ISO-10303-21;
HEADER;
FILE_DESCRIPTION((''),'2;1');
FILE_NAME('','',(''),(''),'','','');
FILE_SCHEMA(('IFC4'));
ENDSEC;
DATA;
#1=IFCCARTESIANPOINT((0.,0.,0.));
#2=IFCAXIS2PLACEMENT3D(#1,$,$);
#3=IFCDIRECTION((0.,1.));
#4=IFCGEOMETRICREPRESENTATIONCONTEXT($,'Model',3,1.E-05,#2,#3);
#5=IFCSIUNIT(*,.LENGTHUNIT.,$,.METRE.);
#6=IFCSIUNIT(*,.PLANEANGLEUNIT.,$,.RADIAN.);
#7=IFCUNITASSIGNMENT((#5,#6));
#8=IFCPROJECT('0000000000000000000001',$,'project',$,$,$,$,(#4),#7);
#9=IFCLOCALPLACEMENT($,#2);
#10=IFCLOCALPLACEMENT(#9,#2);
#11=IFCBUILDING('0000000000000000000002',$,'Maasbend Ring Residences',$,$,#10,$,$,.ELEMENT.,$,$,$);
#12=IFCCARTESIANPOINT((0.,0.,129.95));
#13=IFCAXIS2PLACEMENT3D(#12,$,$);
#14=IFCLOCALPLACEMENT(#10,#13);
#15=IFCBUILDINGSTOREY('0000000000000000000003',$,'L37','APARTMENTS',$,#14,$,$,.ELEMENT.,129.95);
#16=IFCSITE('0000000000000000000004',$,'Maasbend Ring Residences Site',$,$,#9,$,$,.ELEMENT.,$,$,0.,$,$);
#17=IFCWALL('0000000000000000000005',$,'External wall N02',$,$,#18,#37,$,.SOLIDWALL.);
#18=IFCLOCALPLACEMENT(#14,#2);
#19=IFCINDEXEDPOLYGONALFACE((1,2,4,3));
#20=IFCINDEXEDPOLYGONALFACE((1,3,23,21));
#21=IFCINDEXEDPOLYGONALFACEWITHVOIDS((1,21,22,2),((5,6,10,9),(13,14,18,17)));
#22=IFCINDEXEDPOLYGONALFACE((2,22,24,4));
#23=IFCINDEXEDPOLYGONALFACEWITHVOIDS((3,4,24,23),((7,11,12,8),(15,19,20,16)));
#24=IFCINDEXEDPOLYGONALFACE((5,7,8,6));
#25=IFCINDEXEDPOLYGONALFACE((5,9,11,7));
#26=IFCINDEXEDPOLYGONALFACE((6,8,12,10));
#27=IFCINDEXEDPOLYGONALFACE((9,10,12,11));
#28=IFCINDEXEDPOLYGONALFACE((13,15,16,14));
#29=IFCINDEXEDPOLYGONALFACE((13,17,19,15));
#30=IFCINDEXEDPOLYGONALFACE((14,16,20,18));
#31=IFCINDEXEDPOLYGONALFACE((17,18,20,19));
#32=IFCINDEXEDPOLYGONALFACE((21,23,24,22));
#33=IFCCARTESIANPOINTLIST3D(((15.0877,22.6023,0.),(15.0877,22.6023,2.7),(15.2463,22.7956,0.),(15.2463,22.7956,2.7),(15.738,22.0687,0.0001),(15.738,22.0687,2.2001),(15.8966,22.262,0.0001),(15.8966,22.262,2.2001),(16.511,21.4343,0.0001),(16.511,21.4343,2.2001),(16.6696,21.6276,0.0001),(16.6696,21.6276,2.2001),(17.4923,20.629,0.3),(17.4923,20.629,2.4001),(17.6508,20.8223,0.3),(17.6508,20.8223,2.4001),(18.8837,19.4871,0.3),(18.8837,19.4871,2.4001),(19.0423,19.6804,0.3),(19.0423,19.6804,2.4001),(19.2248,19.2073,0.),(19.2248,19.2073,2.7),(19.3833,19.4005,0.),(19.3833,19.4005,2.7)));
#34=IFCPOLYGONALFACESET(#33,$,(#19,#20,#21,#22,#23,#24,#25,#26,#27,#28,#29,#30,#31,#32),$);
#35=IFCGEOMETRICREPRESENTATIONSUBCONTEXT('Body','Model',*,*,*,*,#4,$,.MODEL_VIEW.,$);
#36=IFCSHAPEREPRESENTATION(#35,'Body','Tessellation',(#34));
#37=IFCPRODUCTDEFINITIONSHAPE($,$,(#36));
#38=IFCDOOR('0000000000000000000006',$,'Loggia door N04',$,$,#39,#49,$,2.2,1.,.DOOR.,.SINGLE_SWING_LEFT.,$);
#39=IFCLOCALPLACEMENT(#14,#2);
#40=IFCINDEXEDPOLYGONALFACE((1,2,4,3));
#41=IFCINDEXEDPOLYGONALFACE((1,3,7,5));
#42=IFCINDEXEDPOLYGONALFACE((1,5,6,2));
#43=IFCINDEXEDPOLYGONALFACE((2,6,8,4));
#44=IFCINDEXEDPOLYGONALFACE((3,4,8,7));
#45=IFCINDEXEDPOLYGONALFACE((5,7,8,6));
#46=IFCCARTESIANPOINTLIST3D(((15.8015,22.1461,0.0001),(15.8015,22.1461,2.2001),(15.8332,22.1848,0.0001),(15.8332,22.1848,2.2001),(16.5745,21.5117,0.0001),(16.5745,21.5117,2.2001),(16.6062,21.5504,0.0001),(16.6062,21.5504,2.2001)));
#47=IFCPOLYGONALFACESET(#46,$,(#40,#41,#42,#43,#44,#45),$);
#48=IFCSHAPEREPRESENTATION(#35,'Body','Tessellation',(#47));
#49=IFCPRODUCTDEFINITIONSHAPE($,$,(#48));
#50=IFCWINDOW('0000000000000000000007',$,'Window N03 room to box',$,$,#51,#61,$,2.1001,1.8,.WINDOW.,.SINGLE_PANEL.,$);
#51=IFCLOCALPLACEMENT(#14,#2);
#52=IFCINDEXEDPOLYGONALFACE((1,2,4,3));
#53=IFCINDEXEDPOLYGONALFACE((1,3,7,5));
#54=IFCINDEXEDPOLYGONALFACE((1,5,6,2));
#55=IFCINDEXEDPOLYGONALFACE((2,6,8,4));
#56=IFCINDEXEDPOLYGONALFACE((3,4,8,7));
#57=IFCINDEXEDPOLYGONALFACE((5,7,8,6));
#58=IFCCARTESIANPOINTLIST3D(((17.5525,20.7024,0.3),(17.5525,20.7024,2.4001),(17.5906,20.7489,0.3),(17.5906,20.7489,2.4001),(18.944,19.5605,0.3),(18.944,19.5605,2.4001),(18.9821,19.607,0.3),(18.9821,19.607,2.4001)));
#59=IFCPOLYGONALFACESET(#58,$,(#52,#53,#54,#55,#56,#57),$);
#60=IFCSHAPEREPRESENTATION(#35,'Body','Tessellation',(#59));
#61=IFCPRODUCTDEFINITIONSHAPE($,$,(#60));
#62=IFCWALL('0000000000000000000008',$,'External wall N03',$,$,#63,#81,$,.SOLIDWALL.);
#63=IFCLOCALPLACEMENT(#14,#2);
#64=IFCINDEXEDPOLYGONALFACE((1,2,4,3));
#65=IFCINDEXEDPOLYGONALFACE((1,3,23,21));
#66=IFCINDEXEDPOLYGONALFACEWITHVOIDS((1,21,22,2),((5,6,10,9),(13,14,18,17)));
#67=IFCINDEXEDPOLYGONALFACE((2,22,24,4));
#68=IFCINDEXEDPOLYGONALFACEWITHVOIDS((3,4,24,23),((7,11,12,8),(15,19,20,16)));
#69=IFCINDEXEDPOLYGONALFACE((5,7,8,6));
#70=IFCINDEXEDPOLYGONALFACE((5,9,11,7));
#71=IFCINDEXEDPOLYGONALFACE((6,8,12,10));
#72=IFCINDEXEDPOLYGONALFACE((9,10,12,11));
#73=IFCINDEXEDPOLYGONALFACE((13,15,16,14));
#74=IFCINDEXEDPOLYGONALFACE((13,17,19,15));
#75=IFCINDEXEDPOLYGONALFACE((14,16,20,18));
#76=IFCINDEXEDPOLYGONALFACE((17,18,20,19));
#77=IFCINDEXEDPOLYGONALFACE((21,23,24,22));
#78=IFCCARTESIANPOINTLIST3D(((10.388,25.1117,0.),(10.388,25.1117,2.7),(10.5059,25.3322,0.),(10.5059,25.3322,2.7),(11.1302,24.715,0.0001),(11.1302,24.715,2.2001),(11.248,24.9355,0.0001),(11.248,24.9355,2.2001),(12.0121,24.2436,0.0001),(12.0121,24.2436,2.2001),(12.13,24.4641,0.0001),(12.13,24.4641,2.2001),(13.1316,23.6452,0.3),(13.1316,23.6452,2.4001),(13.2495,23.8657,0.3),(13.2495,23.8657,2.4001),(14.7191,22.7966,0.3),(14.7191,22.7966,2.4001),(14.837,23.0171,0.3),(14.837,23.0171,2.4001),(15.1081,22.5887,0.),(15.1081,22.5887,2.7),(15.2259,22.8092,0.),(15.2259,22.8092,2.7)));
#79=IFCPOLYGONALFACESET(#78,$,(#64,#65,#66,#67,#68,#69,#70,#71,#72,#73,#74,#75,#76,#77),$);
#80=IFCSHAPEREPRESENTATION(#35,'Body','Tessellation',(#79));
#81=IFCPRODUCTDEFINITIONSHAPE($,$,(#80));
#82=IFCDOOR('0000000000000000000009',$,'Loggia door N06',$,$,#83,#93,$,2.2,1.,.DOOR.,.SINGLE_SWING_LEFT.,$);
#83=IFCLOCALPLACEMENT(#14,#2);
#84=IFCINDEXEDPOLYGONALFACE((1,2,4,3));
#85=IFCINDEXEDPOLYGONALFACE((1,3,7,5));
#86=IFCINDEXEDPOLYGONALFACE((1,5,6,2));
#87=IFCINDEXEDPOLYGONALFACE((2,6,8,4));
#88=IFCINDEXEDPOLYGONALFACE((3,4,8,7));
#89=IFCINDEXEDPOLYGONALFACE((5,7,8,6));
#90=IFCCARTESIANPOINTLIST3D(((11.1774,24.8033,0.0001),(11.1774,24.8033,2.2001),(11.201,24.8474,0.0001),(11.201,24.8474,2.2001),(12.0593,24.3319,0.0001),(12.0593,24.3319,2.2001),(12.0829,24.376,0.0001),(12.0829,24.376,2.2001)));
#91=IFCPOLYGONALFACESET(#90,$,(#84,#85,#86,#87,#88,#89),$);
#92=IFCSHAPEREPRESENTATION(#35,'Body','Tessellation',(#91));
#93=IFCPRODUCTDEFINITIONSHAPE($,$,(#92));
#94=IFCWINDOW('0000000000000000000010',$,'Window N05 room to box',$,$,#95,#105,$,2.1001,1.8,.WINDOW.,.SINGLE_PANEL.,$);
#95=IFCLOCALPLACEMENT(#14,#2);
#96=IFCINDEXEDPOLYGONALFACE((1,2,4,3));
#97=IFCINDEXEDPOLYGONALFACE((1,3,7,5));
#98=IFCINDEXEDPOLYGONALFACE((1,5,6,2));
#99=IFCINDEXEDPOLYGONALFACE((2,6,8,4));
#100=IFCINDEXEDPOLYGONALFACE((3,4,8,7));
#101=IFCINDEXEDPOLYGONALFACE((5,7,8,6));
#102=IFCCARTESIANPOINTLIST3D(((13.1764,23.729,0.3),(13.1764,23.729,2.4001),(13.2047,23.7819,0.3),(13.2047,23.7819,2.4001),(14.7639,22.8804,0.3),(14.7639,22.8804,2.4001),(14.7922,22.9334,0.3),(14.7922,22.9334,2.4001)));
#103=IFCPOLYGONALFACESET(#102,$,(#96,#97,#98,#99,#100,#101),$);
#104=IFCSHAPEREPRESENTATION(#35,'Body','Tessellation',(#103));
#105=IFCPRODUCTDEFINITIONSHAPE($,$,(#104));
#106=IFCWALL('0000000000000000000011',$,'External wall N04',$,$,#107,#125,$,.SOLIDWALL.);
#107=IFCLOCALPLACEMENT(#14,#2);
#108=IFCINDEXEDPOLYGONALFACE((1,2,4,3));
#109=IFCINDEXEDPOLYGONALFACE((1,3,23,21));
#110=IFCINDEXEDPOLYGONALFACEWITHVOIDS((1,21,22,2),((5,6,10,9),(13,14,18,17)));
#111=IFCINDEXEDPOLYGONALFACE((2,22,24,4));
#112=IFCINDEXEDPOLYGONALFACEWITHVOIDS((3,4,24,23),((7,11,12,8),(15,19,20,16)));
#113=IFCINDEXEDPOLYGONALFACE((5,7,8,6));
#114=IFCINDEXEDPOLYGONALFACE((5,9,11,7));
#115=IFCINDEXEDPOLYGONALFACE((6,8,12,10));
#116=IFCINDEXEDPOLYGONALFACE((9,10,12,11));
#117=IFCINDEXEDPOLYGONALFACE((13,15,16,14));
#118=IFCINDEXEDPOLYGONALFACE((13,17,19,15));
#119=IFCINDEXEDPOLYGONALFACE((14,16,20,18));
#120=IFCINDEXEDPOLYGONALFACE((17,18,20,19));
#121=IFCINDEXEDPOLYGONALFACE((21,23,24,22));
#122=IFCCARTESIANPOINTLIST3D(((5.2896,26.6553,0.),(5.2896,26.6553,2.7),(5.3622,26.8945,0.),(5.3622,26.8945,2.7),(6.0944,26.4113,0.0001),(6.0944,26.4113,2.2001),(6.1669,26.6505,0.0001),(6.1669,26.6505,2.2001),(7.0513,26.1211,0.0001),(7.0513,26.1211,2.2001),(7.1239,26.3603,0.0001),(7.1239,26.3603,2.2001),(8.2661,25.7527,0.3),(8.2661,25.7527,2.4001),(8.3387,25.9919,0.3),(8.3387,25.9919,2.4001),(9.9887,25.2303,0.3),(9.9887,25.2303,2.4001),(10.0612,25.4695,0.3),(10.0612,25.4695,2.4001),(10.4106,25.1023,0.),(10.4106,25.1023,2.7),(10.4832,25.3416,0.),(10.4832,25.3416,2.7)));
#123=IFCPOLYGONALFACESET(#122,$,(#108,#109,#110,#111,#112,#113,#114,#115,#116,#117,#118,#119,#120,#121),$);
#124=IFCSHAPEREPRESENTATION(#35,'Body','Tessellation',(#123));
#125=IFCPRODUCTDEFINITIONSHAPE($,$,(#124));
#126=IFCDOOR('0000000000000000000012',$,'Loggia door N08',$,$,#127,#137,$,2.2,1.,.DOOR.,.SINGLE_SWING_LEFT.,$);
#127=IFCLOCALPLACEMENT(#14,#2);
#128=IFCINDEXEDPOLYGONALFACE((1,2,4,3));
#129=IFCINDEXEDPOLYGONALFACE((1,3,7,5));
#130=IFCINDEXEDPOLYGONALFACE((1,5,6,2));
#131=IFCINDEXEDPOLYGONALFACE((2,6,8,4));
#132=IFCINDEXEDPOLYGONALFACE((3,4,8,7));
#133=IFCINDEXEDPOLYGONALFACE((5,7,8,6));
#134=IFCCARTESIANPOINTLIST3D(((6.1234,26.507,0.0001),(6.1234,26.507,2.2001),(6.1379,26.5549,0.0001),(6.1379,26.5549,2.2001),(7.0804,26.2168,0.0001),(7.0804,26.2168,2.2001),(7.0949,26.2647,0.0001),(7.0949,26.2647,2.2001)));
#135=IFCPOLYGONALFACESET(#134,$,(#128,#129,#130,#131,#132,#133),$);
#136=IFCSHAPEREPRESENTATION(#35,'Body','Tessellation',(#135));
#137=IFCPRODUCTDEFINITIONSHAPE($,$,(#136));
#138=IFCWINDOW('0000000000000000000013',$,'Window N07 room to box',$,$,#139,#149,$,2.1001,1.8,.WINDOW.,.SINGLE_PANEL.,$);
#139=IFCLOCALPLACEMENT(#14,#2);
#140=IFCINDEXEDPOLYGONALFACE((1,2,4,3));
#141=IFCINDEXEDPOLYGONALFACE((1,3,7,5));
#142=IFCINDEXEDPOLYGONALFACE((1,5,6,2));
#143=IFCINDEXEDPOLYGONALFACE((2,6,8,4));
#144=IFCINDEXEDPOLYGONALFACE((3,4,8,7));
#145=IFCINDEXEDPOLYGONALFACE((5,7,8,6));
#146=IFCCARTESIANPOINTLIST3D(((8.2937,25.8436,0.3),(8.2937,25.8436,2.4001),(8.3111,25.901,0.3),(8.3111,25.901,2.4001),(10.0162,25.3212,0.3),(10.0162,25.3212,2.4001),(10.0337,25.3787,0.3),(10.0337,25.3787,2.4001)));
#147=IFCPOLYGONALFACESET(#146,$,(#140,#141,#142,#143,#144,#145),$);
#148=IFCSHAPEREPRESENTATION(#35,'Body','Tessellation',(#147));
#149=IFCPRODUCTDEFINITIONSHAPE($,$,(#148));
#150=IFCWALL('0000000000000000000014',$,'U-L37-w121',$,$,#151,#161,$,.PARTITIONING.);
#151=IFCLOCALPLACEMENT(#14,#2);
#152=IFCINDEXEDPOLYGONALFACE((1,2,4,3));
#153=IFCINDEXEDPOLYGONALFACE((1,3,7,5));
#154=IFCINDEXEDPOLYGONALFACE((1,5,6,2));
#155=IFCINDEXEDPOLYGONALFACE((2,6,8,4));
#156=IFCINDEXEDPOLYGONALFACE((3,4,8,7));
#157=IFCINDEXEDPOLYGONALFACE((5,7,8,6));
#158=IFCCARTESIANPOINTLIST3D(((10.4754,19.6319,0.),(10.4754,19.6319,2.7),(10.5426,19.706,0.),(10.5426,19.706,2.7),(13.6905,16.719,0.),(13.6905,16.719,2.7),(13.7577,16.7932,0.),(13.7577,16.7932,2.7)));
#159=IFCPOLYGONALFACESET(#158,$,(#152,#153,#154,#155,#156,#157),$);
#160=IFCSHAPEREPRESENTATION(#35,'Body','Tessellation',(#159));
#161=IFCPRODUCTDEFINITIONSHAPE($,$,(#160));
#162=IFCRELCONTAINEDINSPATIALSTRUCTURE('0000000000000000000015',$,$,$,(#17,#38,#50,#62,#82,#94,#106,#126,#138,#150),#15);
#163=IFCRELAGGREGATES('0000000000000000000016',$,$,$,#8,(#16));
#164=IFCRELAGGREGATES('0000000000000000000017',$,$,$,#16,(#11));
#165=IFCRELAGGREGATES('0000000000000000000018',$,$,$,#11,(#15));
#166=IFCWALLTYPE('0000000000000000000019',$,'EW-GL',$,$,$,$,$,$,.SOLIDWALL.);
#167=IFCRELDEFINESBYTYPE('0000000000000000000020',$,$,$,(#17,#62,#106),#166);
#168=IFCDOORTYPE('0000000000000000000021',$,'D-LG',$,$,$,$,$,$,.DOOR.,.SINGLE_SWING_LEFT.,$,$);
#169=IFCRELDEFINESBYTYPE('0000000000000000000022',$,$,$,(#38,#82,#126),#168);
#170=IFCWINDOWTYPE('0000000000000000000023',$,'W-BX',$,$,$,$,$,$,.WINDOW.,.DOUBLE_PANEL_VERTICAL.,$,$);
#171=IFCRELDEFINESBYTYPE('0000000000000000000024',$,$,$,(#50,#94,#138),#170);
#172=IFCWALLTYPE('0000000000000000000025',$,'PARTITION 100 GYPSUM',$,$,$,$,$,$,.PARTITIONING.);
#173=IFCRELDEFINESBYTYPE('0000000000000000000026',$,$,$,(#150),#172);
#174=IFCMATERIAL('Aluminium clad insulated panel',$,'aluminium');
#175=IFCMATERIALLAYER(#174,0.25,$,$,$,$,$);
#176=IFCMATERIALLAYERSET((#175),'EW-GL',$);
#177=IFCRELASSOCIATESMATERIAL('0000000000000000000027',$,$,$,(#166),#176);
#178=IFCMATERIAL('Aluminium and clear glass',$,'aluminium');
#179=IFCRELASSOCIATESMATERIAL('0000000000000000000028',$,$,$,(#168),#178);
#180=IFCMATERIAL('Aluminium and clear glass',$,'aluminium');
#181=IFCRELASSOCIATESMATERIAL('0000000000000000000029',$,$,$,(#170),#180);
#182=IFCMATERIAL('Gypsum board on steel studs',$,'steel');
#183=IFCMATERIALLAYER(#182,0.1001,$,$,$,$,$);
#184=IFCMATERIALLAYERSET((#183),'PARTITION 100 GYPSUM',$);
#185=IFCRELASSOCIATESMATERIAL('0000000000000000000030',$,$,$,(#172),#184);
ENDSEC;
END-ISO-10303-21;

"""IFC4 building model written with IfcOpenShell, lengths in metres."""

from ifc_helpers import new_model, si_unit, direction, frame, frame_2d, origin, place, context, subcontext, project, spatial, rectangle, extrude, material, layer, layer_set, type_object, element, fill, save


model = new_model("IFC4")

# Units and contexts
model_context = context("Model", 3, precision=1e-05, world=origin(), true_north=direction((0.0, 1.0)))
body_context = subcontext(model_context, "Body", "Model", "MODEL_VIEW")
ifc_project = project(units=[si_unit("LENGTHUNIT", "METRE"), si_unit("PLANEANGLEUNIT", "RADIAN")], contexts=[model_context])

# Site, building, storey
site_placement = place(None, origin())
site = spatial("IfcSite", under=ifc_project, at=site_placement, Name="Maasbend Ring Residences Site", CompositionType="ELEMENT", RefElevation=0.0)
building_placement = place(site_placement, origin())
building = spatial("IfcBuilding", under=site, at=building_placement, Name="Maasbend Ring Residences", CompositionType="ELEMENT")
storey_placement = place(building_placement, frame((0.0, 0.0, 129.95)))
storey = spatial("IfcBuildingStorey", under=building, at=storey_placement, Name="L37", Description="APARTMENTS", CompositionType="ELEMENT", Elevation=129.95)

# Walls, openings, doors, windows
ifc_material_1 = material(Name="Aluminium clad insulated panel", Category="aluminium")
ifc_layer_1 = layer(ifc_material_1, 0.25)
ifc_layer_set_1 = layer_set([ifc_layer_1], Name="EW-GL")
wall_type_1 = type_object("IfcWallType", Name="EW-GL", PredefinedType="SOLIDWALL", material=ifc_layer_set_1)
wall_1_placement = place(storey_placement, frame((19.304, 19.304, 0.0), z_axis=(0.0, 0.0, 1.0), x_axis=(-0.773019, 0.634382, 0.0)))
wall_1 = element("IfcWall", 1, at=wall_1_placement, inside=storey, type_object=wall_type_1, Name="External wall N02", PredefinedType="SOLIDWALL", context=body_context, shape_type="SweptSolid", body=[
    extrude(rectangle(XDim=5.3518, YDim=0.25, at=frame_2d((2.6758, 0.0))), origin(), (0.0, 0.0, 1.0), 2.7),
])
opening_1_placement = place(wall_1_placement, frame((0.4412, 0.0, 0.3)))
opening_1 = element("IfcOpeningElement", 2, at=opening_1_placement, cuts=wall_1, PredefinedType="OPENING", context=body_context, shape_type="SweptSolid", body=[
    extrude(rectangle(XDim=1.8, YDim=2.1001, at=frame_2d((0.8999, 1.05))), frame((0.0, 0.135, 0.0), z_axis=(0.0, -1.0, 0.0), x_axis=(1.0, 0.0, 0.0)), (0.0, 0.0, 1.0), 0.27),
])
opening_2_placement = place(wall_1_placement, frame((3.5105, 0.0, 0.0)))
opening_2 = element("IfcOpeningElement", 3, at=opening_2_placement, cuts=wall_1, PredefinedType="OPENING", context=body_context, shape_type="SweptSolid", body=[
    extrude(rectangle(XDim=1.0, YDim=2.2, at=frame_2d((0.5, 1.1001))), frame((0.0, 0.135, 0.0), z_axis=(0.0, -1.0, 0.0), x_axis=(1.0, 0.0, 0.0)), (0.0, 0.0, 1.0), 0.27),
])
ifc_material_2 = material(Name="Aluminium and clear glass", Category="aluminium")
door_type = type_object("IfcDoorType", Name="D-LG", OperationType="SINGLE_SWING_LEFT", PredefinedType="DOOR", material=ifc_material_2)
door_1_placement = place(opening_2_placement, origin())
door_1 = element("IfcDoor", 4, at=door_1_placement, inside=storey, type_object=door_type, Name="Loggia door N04", OperationType="SINGLE_SWING_LEFT", OverallHeight=2.2, OverallWidth=1.0, PredefinedType="DOOR", context=body_context, shape_type="SweptSolid", body=[
    extrude(rectangle(XDim=1.0, YDim=2.2, at=frame_2d((0.5, 1.1001))), frame((0.0, 0.0249, 0.0), z_axis=(0.0, -1.0, 0.0), x_axis=(1.0, 0.0, 0.0)), (0.0, 0.0, 1.0), 0.05),
])
fill(opening_2, door_1)
ifc_material_3 = material(Name="Aluminium and clear glass", Category="aluminium")
window_type_1 = type_object("IfcWindowType", Name="W-BX", PartitioningType="DOUBLE_PANEL_VERTICAL", PredefinedType="WINDOW", material=ifc_material_3)
window_1_placement = place(opening_1_placement, origin())
window_1 = element("IfcWindow", 5, at=window_1_placement, inside=storey, type_object=window_type_1, Name="Window N03 room to box", OverallHeight=2.1001, OverallWidth=1.8, PartitioningType="SINGLE_PANEL", PredefinedType="WINDOW", context=body_context, shape_type="SweptSolid", body=[
    extrude(rectangle(XDim=1.8, YDim=2.1001, at=frame_2d((0.8999, 1.05))), frame((0.0, 0.03, 0.0), z_axis=(0.0, -1.0, 0.0), x_axis=(1.0, 0.0, 0.0)), (0.0, 0.0, 1.0), 0.0601),
])
fill(opening_1, window_1)
wall_2_placement = place(storey_placement, frame((15.167, 22.699, 0.0), z_axis=(0.0, 0.0, 1.0), x_axis=(-0.881916, 0.471407, 0.0)))
wall_2 = element("IfcWall", 6, at=wall_2_placement, inside=storey, type_object=wall_type_1, Name="External wall N03", PredefinedType="SOLIDWALL", context=body_context, shape_type="SweptSolid", body=[
    extrude(rectangle(XDim=5.3521, YDim=0.25, at=frame_2d((2.676, 0.0))), origin(), (0.0, 0.0, 1.0), 2.7),
])
opening_3_placement = place(wall_2_placement, frame((0.4412, 0.0, 0.3)))
opening_3 = element("IfcOpeningElement", 7, at=opening_3_placement, cuts=wall_2, PredefinedType="OPENING", context=body_context, shape_type="SweptSolid", body=[
    extrude(rectangle(XDim=1.8, YDim=2.1001, at=frame_2d((0.8999, 1.05))), frame((0.0, 0.135, 0.0), z_axis=(0.0, -1.0, 0.0), x_axis=(1.0, 0.0, 0.0)), (0.0, 0.0, 1.0), 0.27),
])
opening_4_placement = place(wall_2_placement, frame((3.5105, 0.0, 0.0)))
opening_4 = element("IfcOpeningElement", 8, at=opening_4_placement, cuts=wall_2, PredefinedType="OPENING", context=body_context, shape_type="SweptSolid", body=[
    extrude(rectangle(XDim=1.0, YDim=2.2, at=frame_2d((0.5, 1.1001))), frame((0.0, 0.135, 0.0), z_axis=(0.0, -1.0, 0.0), x_axis=(1.0, 0.0, 0.0)), (0.0, 0.0, 1.0), 0.27),
])
door_2_placement = place(opening_4_placement, origin())
door_2 = element("IfcDoor", 9, at=door_2_placement, inside=storey, type_object=door_type, Name="Loggia door N06", OperationType="SINGLE_SWING_LEFT", OverallHeight=2.2, OverallWidth=1.0, PredefinedType="DOOR", context=body_context, shape_type="SweptSolid", body=[
    extrude(rectangle(XDim=1.0, YDim=2.2, at=frame_2d((0.5, 1.1001))), frame((0.0, 0.0249, 0.0), z_axis=(0.0, -1.0, 0.0), x_axis=(1.0, 0.0, 0.0)), (0.0, 0.0, 1.0), 0.05),
])
fill(opening_4, door_2)
window_2_placement = place(opening_3_placement, origin())
window_2 = element("IfcWindow", 10, at=window_2_placement, inside=storey, type_object=window_type_1, Name="Window N05 room to box", OverallHeight=2.1001, OverallWidth=1.8, PartitioningType="SINGLE_PANEL", PredefinedType="WINDOW", context=body_context, shape_type="SweptSolid", body=[
    extrude(rectangle(XDim=1.8, YDim=2.1001, at=frame_2d((0.8999, 1.05))), frame((0.0, 0.03, 0.0), z_axis=(0.0, -1.0, 0.0), x_axis=(1.0, 0.0, 0.0)), (0.0, 0.0, 1.0), 0.0601),
])
fill(opening_3, window_2)
wall_3_placement = place(storey_placement, frame((10.447, 25.2219, 0.0), z_axis=(0.0, 0.0, 1.0), x_axis=(-0.956966, 0.290201, 0.0)))
wall_3 = element("IfcWall", 11, at=wall_3_placement, inside=storey, type_object=wall_type_1, Name="External wall N04", PredefinedType="SOLIDWALL", context=body_context, shape_type="SweptSolid", body=[
    extrude(rectangle(XDim=5.3513, YDim=0.25, at=frame_2d((2.6758, 0.0))), origin(), (0.0, 0.0, 1.0), 2.7),
])
opening_5_placement = place(wall_3_placement, frame((0.4412, 0.0, 0.3)))
opening_5 = element("IfcOpeningElement", 12, at=opening_5_placement, cuts=wall_3, PredefinedType="OPENING", context=body_context, shape_type="SweptSolid", body=[
    extrude(rectangle(XDim=1.8, YDim=2.1001, at=frame_2d((0.8999, 1.05))), frame((0.0, 0.135, 0.0), z_axis=(0.0, -1.0, 0.0), x_axis=(1.0, 0.0, 0.0)), (0.0, 0.0, 1.0), 0.27),
])
opening_6_placement = place(wall_3_placement, frame((3.5105, 0.0, 0.0)))
opening_6 = element("IfcOpeningElement", 13, at=opening_6_placement, cuts=wall_3, PredefinedType="OPENING", context=body_context, shape_type="SweptSolid", body=[
    extrude(rectangle(XDim=1.0, YDim=2.2, at=frame_2d((0.5, 1.1001))), frame((0.0, 0.135, 0.0), z_axis=(0.0, -1.0, 0.0), x_axis=(1.0, 0.0, 0.0)), (0.0, 0.0, 1.0), 0.27),
])
door_3_placement = place(opening_6_placement, origin())
door_3 = element("IfcDoor", 14, at=door_3_placement, inside=storey, type_object=door_type, Name="Loggia door N08", OperationType="SINGLE_SWING_LEFT", OverallHeight=2.2, OverallWidth=1.0, PredefinedType="DOOR", context=body_context, shape_type="SweptSolid", body=[
    extrude(rectangle(XDim=1.0, YDim=2.2, at=frame_2d((0.5, 1.1001))), frame((0.0, 0.0249, 0.0), z_axis=(0.0, -1.0, 0.0), x_axis=(1.0, 0.0, 0.0)), (0.0, 0.0, 1.0), 0.05),
])
fill(opening_6, door_3)
window_3_placement = place(opening_5_placement, origin())
window_3 = element("IfcWindow", 15, at=window_3_placement, inside=storey, type_object=window_type_1, Name="Window N07 room to box", OverallHeight=2.1001, OverallWidth=1.8, PartitioningType="SINGLE_PANEL", PredefinedType="WINDOW", context=body_context, shape_type="SweptSolid", body=[
    extrude(rectangle(XDim=1.8, YDim=2.1001, at=frame_2d((0.8999, 1.05))), frame((0.0, 0.03, 0.0), z_axis=(0.0, -1.0, 0.0), x_axis=(1.0, 0.0, 0.0)), (0.0, 0.0, 1.0), 0.0601),
])
fill(opening_5, window_3)

# Wall
ifc_material_4 = material(Name="Gypsum board on steel studs", Category="steel")
ifc_layer_2 = layer(ifc_material_4, 0.1001)
ifc_layer_set_2 = layer_set([ifc_layer_2], Name="PARTITION 100 GYPSUM")
wall_type_2 = type_object("IfcWallType", Name="PARTITION 100 GYPSUM", PredefinedType="PARTITIONING", material=ifc_layer_set_2)
wall_4_placement = place(storey_placement, frame((10.509, 19.6689, 0.0), z_axis=(0.0, 0.0, 1.0), x_axis=(0.741082, -0.671414, 0.0)))
element("IfcWall", 16, at=wall_4_placement, inside=storey, type_object=wall_type_2, Name="U-L37-w121", PredefinedType="PARTITIONING", context=body_context, shape_type="SweptSolid", body=[
    extrude(rectangle(XDim=4.3384, YDim=0.1001, at=frame_2d((2.1692, 0.0))), origin(), (0.0, 0.0, 1.0), 2.7),
])

save(model, "model.ifc")
